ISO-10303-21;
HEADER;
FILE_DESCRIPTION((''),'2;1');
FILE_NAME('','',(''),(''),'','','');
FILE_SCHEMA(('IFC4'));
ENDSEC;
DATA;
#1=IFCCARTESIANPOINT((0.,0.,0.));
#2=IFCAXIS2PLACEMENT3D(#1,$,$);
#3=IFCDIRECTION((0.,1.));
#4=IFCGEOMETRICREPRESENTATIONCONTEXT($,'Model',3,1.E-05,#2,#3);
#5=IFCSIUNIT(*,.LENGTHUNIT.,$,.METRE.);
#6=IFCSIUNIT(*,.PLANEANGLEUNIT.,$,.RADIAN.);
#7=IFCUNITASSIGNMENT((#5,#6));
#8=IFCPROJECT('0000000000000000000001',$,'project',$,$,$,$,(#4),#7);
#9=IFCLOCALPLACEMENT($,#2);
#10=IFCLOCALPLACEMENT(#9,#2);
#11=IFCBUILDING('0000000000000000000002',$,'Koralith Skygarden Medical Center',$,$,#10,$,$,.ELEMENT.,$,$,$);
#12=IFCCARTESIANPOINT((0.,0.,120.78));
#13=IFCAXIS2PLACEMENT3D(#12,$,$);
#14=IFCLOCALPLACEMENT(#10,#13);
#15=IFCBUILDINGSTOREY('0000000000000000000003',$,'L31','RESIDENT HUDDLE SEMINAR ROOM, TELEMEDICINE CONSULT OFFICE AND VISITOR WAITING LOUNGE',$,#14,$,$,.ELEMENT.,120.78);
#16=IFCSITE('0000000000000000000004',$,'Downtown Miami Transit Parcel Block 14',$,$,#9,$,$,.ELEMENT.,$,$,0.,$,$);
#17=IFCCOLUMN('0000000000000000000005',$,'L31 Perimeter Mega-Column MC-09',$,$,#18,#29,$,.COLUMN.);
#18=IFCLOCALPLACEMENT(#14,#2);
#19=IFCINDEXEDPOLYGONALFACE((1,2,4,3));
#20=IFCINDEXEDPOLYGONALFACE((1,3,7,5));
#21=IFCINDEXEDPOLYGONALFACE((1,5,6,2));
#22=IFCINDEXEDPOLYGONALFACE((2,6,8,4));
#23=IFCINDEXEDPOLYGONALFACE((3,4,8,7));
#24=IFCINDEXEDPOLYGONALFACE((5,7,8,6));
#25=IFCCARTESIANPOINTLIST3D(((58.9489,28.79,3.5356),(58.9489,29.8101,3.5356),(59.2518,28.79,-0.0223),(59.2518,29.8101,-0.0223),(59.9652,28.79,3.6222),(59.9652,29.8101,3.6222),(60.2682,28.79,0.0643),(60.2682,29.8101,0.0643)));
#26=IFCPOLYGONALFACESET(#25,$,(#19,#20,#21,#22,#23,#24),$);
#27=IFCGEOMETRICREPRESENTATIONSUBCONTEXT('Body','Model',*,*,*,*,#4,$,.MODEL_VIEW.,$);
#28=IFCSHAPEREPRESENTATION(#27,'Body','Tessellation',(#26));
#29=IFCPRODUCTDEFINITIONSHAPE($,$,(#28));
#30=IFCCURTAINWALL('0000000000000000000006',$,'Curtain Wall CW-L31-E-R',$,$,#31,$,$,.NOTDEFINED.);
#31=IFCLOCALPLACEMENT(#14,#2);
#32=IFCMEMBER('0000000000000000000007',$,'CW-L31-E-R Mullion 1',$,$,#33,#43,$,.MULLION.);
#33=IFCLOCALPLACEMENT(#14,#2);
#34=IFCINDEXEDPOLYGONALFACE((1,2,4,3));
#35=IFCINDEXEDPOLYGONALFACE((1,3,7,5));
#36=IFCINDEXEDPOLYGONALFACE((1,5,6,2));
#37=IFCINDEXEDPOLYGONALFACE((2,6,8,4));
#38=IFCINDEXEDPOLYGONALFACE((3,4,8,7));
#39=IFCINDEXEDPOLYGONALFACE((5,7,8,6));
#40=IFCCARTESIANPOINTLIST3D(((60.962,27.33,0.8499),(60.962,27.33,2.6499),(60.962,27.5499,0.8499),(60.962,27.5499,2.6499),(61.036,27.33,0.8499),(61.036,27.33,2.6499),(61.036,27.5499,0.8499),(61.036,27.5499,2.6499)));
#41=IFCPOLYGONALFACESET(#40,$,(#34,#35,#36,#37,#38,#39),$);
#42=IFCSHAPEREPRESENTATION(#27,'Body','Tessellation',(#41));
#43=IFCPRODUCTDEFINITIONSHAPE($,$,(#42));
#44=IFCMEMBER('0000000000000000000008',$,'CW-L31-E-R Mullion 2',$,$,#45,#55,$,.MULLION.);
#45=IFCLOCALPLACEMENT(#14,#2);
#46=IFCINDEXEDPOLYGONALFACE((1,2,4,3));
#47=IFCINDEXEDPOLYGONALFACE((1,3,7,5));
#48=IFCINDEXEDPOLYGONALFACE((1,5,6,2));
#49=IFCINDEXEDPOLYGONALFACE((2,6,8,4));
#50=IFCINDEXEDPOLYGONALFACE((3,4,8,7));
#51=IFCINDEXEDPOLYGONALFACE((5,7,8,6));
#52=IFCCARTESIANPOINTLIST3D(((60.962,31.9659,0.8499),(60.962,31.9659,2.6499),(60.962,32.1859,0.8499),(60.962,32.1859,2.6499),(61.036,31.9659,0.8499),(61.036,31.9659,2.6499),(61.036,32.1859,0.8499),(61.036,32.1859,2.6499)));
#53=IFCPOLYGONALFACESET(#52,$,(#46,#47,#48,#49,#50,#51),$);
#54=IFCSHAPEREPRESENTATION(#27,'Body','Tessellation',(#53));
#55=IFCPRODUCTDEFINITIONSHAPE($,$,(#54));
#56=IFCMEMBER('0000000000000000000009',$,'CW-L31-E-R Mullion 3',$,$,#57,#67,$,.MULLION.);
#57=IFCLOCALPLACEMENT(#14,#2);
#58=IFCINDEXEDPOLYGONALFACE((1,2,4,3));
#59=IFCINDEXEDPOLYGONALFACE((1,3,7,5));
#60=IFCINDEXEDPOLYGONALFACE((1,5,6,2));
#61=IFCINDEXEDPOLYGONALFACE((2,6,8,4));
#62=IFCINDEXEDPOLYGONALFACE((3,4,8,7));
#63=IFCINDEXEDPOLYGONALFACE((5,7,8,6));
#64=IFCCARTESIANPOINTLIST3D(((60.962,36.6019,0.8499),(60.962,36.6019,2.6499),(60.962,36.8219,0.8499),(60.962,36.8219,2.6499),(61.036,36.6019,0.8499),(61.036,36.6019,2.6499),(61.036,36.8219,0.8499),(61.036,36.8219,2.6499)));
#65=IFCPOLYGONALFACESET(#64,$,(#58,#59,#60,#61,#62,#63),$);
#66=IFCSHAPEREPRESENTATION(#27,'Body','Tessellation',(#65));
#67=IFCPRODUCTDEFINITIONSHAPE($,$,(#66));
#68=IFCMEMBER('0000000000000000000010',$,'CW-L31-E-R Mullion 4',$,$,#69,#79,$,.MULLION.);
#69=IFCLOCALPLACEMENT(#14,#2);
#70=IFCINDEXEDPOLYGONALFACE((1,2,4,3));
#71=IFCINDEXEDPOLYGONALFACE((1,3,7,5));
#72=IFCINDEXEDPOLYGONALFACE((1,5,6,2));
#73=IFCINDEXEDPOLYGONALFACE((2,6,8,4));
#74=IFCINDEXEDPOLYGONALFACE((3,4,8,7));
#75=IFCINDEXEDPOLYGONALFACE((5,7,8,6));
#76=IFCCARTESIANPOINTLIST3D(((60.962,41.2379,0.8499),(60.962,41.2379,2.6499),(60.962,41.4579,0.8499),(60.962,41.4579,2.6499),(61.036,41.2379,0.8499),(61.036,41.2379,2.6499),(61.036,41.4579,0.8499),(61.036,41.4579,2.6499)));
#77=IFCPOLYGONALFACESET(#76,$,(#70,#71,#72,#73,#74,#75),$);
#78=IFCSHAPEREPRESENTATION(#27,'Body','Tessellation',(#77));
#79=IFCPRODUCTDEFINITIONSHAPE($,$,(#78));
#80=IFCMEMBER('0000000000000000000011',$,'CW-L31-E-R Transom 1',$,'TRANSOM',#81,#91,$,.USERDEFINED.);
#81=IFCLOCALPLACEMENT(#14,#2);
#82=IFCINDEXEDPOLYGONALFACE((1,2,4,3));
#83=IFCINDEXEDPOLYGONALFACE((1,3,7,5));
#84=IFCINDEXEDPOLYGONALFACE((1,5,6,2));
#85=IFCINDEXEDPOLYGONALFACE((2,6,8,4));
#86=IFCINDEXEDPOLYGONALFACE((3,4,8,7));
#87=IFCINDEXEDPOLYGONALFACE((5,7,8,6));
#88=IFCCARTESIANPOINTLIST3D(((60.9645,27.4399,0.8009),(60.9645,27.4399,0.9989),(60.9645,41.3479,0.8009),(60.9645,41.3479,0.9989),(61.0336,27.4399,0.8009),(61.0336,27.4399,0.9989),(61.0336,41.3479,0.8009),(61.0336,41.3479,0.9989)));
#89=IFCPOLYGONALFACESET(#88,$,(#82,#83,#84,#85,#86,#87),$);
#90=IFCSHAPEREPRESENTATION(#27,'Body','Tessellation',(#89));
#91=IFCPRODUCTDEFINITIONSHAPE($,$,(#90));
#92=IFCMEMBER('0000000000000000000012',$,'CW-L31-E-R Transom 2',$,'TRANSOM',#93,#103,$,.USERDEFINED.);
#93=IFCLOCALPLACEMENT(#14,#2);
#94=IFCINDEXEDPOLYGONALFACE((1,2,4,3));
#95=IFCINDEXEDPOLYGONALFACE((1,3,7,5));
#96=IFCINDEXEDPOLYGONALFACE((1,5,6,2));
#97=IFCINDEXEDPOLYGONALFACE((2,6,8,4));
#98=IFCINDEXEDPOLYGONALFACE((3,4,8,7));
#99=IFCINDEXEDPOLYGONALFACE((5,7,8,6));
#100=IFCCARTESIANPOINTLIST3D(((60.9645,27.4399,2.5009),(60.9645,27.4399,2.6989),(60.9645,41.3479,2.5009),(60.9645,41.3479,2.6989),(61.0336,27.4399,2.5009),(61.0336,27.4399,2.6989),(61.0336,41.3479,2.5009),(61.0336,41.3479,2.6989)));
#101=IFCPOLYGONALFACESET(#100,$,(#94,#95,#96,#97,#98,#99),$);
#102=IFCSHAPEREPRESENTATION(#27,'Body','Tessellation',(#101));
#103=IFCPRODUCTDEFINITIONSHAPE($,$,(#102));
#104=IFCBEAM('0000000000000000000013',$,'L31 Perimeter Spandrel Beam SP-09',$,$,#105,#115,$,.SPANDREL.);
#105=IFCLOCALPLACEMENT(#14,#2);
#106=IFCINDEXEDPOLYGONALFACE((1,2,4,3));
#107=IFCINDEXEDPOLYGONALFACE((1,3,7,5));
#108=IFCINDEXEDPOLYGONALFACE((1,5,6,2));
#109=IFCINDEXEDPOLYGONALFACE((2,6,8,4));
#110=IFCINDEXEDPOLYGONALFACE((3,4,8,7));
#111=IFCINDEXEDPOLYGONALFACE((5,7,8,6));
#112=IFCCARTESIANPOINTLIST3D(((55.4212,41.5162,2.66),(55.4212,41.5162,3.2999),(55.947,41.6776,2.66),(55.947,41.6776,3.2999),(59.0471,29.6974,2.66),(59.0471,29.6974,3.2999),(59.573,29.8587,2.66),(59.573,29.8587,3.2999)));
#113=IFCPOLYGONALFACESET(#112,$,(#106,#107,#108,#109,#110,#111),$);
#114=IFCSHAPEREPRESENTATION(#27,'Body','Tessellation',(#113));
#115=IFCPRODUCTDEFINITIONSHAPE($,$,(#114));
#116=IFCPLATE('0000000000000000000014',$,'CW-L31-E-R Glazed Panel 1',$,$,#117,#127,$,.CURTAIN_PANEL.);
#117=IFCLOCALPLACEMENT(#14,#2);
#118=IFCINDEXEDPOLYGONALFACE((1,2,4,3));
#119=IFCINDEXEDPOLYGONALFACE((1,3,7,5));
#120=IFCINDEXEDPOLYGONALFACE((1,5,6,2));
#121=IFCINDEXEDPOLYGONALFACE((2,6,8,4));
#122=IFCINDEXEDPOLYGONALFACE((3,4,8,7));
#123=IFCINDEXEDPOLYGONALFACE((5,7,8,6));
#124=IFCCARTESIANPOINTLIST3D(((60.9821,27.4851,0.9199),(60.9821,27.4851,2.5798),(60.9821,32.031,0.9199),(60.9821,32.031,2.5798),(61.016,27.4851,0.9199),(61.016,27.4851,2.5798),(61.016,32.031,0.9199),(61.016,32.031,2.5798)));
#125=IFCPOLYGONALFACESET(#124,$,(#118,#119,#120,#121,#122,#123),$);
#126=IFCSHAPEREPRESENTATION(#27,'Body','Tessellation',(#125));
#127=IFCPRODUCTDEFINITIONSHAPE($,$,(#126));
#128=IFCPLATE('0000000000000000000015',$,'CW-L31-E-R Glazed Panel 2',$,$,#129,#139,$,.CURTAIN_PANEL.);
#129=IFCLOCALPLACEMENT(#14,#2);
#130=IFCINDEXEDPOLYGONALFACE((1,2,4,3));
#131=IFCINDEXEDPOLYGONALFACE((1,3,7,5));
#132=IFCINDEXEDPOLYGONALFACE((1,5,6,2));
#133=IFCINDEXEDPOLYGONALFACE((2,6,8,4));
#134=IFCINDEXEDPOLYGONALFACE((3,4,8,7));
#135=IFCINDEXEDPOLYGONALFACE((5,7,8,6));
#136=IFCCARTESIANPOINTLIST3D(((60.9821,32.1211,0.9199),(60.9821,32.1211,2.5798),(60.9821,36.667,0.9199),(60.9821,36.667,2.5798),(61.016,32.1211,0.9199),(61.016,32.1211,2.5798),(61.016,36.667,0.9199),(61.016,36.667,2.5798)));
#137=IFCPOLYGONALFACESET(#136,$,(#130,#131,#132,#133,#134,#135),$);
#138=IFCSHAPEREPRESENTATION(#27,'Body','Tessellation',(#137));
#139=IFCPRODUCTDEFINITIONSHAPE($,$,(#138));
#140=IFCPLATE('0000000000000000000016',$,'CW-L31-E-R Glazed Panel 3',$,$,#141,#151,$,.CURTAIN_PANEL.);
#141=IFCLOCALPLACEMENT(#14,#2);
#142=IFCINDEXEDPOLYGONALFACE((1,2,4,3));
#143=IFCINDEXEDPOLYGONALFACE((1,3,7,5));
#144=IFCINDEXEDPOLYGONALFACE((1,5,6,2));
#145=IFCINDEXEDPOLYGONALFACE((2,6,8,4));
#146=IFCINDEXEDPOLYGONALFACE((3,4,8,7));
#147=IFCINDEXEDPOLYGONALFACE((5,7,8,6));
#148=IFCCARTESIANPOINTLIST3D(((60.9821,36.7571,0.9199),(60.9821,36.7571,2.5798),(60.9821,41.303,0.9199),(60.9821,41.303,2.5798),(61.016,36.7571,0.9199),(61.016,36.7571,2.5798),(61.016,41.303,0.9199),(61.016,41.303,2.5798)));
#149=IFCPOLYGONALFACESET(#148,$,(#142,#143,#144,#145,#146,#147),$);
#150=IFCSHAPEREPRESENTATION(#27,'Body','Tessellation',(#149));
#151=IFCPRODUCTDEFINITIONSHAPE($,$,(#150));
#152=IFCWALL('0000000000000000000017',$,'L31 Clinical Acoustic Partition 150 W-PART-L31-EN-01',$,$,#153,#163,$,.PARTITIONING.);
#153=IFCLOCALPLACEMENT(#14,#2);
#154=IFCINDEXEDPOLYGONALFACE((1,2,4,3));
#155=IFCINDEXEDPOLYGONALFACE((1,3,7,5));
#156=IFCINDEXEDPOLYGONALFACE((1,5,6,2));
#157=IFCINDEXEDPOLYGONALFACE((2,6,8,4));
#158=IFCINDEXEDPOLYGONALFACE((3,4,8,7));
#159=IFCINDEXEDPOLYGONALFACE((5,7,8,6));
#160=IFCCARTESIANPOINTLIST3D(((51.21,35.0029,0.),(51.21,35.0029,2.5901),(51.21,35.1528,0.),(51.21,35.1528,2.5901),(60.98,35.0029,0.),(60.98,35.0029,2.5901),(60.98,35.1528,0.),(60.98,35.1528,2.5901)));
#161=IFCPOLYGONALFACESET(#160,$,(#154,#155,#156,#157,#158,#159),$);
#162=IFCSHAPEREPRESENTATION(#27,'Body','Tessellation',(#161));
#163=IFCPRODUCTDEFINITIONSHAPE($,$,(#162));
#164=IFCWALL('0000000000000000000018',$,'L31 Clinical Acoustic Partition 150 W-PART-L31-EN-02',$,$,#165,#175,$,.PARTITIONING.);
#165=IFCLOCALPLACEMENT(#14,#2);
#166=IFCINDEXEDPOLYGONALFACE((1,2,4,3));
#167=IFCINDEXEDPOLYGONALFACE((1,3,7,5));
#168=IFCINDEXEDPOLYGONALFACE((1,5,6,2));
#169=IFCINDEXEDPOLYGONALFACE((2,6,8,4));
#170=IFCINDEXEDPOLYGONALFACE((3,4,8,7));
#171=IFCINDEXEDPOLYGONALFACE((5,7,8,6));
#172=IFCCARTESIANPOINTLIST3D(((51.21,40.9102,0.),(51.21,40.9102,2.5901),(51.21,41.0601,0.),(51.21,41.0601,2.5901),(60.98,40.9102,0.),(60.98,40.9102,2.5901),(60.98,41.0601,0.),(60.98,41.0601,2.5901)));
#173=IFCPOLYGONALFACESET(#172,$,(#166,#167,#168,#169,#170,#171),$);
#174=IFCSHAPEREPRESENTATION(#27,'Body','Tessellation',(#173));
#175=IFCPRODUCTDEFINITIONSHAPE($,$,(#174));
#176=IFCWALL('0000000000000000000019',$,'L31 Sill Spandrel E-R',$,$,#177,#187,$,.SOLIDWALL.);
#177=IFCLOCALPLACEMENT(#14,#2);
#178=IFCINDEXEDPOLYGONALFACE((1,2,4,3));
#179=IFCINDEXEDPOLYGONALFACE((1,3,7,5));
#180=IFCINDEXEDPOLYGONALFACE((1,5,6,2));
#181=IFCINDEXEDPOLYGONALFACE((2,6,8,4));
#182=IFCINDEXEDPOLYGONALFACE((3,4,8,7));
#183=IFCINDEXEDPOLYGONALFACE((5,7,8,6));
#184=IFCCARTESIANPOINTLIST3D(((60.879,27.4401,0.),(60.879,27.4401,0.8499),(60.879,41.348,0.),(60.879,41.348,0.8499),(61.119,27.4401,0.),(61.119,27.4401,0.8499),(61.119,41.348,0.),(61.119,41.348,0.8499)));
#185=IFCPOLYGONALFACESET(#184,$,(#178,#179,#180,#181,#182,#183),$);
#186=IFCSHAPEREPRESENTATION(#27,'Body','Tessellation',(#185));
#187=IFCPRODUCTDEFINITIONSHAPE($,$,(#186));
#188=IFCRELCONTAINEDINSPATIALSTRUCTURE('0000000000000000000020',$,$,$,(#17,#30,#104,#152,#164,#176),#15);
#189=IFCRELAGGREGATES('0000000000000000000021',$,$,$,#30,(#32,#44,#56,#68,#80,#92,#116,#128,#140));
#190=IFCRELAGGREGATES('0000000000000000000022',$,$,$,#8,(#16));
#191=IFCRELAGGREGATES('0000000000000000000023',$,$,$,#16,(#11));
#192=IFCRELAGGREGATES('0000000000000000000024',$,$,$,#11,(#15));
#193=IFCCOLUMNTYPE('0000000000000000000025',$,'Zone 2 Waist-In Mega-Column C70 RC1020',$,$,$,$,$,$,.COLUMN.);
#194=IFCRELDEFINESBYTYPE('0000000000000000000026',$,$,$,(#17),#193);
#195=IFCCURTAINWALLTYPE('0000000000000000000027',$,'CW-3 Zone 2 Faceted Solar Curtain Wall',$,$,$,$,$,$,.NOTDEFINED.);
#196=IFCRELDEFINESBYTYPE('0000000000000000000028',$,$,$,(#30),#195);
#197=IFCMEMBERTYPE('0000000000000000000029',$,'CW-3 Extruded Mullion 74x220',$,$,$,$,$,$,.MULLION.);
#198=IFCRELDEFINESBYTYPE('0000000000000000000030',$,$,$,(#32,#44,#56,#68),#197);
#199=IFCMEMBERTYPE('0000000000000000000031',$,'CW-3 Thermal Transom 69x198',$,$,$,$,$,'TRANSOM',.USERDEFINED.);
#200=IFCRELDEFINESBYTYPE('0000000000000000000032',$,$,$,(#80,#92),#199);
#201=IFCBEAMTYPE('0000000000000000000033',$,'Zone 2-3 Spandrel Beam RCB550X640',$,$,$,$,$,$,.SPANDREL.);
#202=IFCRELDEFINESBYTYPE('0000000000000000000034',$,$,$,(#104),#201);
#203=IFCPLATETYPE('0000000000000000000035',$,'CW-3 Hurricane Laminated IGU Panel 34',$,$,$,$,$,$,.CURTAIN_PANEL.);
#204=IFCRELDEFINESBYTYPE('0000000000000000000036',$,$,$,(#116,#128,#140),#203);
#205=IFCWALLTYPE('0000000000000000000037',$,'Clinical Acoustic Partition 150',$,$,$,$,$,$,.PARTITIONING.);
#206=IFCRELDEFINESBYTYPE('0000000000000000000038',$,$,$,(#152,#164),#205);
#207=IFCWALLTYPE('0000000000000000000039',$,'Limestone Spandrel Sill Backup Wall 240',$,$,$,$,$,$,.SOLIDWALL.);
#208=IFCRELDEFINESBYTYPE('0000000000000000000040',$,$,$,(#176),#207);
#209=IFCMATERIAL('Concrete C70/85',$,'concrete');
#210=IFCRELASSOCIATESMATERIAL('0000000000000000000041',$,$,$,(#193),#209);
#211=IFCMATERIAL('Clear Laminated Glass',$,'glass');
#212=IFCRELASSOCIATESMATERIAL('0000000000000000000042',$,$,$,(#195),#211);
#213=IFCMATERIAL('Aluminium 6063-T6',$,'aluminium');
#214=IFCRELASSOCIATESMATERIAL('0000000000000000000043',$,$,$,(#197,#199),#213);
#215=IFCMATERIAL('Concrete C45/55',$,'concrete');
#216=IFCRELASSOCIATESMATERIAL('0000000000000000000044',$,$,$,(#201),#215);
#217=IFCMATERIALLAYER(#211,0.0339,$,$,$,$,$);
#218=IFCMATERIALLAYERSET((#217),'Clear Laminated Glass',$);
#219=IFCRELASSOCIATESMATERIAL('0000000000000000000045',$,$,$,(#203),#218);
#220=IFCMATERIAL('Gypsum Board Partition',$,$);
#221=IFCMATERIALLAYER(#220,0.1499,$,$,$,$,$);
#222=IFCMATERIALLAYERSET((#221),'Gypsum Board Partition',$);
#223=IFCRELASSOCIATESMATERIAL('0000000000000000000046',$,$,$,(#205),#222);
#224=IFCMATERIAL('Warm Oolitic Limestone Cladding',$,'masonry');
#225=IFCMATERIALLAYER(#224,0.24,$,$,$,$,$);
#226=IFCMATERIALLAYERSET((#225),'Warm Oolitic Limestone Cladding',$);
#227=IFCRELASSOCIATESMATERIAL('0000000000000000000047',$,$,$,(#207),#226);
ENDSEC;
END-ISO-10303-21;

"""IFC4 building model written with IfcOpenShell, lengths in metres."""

from ifc_helpers import new_model, si_unit, direction, frame, frame_2d, origin, origin_2d, place, context, subcontext, project, spatial, rectangle, extrude, material, layer, layer_set, material_profile, profile_set, type_object, element, aggregate, save


model = new_model("IFC4")

# Units and contexts
model_context = context("Model", 3, precision=1e-05, world=origin(), true_north=direction((0.0, 1.0)))
body_context = subcontext(model_context, "Body", "Model", "MODEL_VIEW")
ifc_project = project(units=[si_unit("LENGTHUNIT", "METRE"), si_unit("PLANEANGLEUNIT", "RADIAN")], contexts=[model_context])

# Site, building, storey
site_placement = place(None, origin())
site = spatial("IfcSite", under=ifc_project, at=site_placement, Name="Downtown Miami Transit Parcel Block 14", CompositionType="ELEMENT", RefElevation=0.0)
building_placement = place(site_placement, origin())
building = spatial("IfcBuilding", under=site, at=building_placement, Name="Koralith Skygarden Medical Center", CompositionType="ELEMENT")
storey_placement = place(building_placement, frame((0.0, 0.0, 120.78)))
storey = spatial("IfcBuildingStorey", under=building, at=storey_placement, Name="L31", Description="RESIDENT HUDDLE SEMINAR ROOM, TELEMEDICINE CONSULT OFFICE AND VISITOR WAITING LOUNGE", CompositionType="ELEMENT", Elevation=120.78)

# Column
ifc_material_1 = material(Name="Concrete C70/85", Category="concrete")
ifc_material_profile_1 = material_profile(ifc_material_1, rectangle(XDim=1.02, YDim=1.02, at=origin_2d()), Name="RC1020X1020")
ifc_profile_set_1 = profile_set([ifc_material_profile_1], Name="Concrete C70/85")
column_type = type_object("IfcColumnType", Name="Zone 2 Waist-In Mega-Column C70 RC1020", PredefinedType="COLUMN", material=ifc_profile_set_1)
column_placement = place(storey_placement, frame((59.76, 29.3, 0.021), z_axis=(-0.08485, 0.0, 0.996394), x_axis=(0.0, -1.0, 0.0)))
element("IfcColumn", 1, at=column_placement, inside=storey, type_object=column_type, Name="L31 Perimeter Mega-Column MC-09", PredefinedType="COLUMN", context=body_context, shape_type="SweptSolid", body=[
    extrude(rectangle(XDim=1.02, YDim=1.02, at=origin_2d()), origin(), (0.0, 0.0, 1.0), 3.5708),
])

# Curtain wall, members
ifc_material_2 = material(Name="Clear Laminated Glass", Category="glass")
curtain_wall_type = type_object("IfcCurtainWallType", Name="CW-3 Zone 2 Faceted Solar Curtain Wall", PredefinedType="NOTDEFINED", material=ifc_material_2)
curtain_wall_placement = place(storey_placement, origin())
curtain_wall = element("IfcCurtainWall", 2, at=curtain_wall_placement, inside=storey, type_object=curtain_wall_type, Name="Curtain Wall CW-L31-E-R", PredefinedType="NOTDEFINED")
ifc_material_3 = material(Name="Aluminium 6063-T6", Category="aluminium")
ifc_material_profile_2 = material_profile(ifc_material_3, rectangle(XDim=0.074, YDim=0.22, at=origin_2d()), Name="MUL74X220")
ifc_profile_set_2 = profile_set([ifc_material_profile_2], Name="Aluminium 6063-T6")
member_type_1 = type_object("IfcMemberType", Name="CW-3 Extruded Mullion 74x220", PredefinedType="MULLION", material=ifc_profile_set_2)
member_1_placement = place(storey_placement, frame((60.999, 27.4399, 0.8499), z_axis=(0.0, 0.0, 1.0), x_axis=(1.0, 0.0, 0.0)))
member_1 = element("IfcMember", 3, at=member_1_placement, type_object=member_type_1, Name="CW-L31-E-R Mullion 1", PredefinedType="MULLION", context=body_context, shape_type="SweptSolid", body=[
    extrude(rectangle(XDim=0.074, YDim=0.22, at=origin_2d()), origin(), (0.0, 0.0, 1.0), 1.8),
])
member_2_placement = place(storey_placement, frame((60.999, 32.0759, 0.8499), z_axis=(0.0, 0.0, 1.0), x_axis=(1.0, 0.0, 0.0)))
member_2 = element("IfcMember", 4, at=member_2_placement, type_object=member_type_1, Name="CW-L31-E-R Mullion 2", PredefinedType="MULLION", context=body_context, shape_type="SweptSolid", body=[
    extrude(rectangle(XDim=0.074, YDim=0.22, at=origin_2d()), origin(), (0.0, 0.0, 1.0), 1.8),
])
member_3_placement = place(storey_placement, frame((60.999, 36.7119, 0.8499), z_axis=(0.0, 0.0, 1.0), x_axis=(1.0, 0.0, 0.0)))
member_3 = element("IfcMember", 5, at=member_3_placement, type_object=member_type_1, Name="CW-L31-E-R Mullion 3", PredefinedType="MULLION", context=body_context, shape_type="SweptSolid", body=[
    extrude(rectangle(XDim=0.074, YDim=0.22, at=origin_2d()), origin(), (0.0, 0.0, 1.0), 1.8),
])
member_4_placement = place(storey_placement, frame((60.999, 41.3479, 0.8499), z_axis=(0.0, 0.0, 1.0), x_axis=(1.0, 0.0, 0.0)))
member_4 = element("IfcMember", 6, at=member_4_placement, type_object=member_type_1, Name="CW-L31-E-R Mullion 4", PredefinedType="MULLION", context=body_context, shape_type="SweptSolid", body=[
    extrude(rectangle(XDim=0.074, YDim=0.22, at=origin_2d()), origin(), (0.0, 0.0, 1.0), 1.8),
])
ifc_material_profile_3 = material_profile(ifc_material_3, rectangle(XDim=0.0691, YDim=0.198, at=origin_2d()), Name="TRN69X198")
ifc_profile_set_3 = profile_set([ifc_material_profile_3], Name="Aluminium 6063-T6")
member_type_2 = type_object("IfcMemberType", Name="CW-3 Thermal Transom 69x198", ElementType="TRANSOM", PredefinedType="USERDEFINED", material=ifc_profile_set_3)
member_5_placement = place(storey_placement, frame((60.999, 27.4399, 0.8999), z_axis=(0.0, 1.0, 0.0), x_axis=(-1.0, 0.0, 0.0)))
member_5 = element("IfcMember", 7, at=member_5_placement, type_object=member_type_2, Name="CW-L31-E-R Transom 1", ObjectType="TRANSOM", PredefinedType="USERDEFINED", context=body_context, shape_type="SweptSolid", body=[
    extrude(rectangle(XDim=0.0691, YDim=0.198, at=origin_2d()), origin(), (0.0, 0.0, 1.0), 13.908),
])
member_6_placement = place(storey_placement, frame((60.999, 27.4399, 2.5999), z_axis=(0.0, 1.0, 0.0), x_axis=(-1.0, 0.0, 0.0)))
member_6 = element("IfcMember", 8, at=member_6_placement, type_object=member_type_2, Name="CW-L31-E-R Transom 2", ObjectType="TRANSOM", PredefinedType="USERDEFINED", context=body_context, shape_type="SweptSolid", body=[
    extrude(rectangle(XDim=0.0691, YDim=0.198, at=origin_2d()), origin(), (0.0, 0.0, 1.0), 13.908),
])

# Beam
ifc_material_4 = material(Name="Concrete C45/55", Category="concrete")
ifc_material_profile_4 = material_profile(ifc_material_4, rectangle(XDim=0.55, YDim=0.6399, at=origin_2d()), Name="RCB550X640")
ifc_profile_set_4 = profile_set([ifc_material_profile_4], Name="Concrete C45/55")
beam_type = type_object("IfcBeamType", Name="Zone 2-3 Spandrel Beam RCB550X640", PredefinedType="SPANDREL", material=ifc_profile_set_4)
beam_placement = place(storey_placement, frame((59.3101, 29.7781, 2.98), z_axis=(-0.293303, 0.95602, 0.0), x_axis=(-0.95602, -0.293303, 0.0)))
element("IfcBeam", 9, at=beam_placement, inside=storey, type_object=beam_type, Name="L31 Perimeter Spandrel Beam SP-09", PredefinedType="SPANDREL", context=body_context, shape_type="SweptSolid", body=[
    extrude(rectangle(XDim=0.55, YDim=0.6399, at=origin_2d()), origin(), (0.0, 0.0, 1.0), 12.3625),
])

# Plates
ifc_layer_1 = layer(ifc_material_2, 0.0339)
ifc_layer_set_1 = layer_set([ifc_layer_1], Name="Clear Laminated Glass")
plate_type = type_object("IfcPlateType", Name="CW-3 Hurricane Laminated IGU Panel 34", PredefinedType="CURTAIN_PANEL", material=ifc_layer_set_1)
plate_1_placement = place(storey_placement, frame((60.999, 29.7581, 0.9199), z_axis=(0.0, 0.0, 1.0), x_axis=(0.0, 1.0, 0.0)))
plate_1 = element("IfcPlate", 10, at=plate_1_placement, type_object=plate_type, Name="CW-L31-E-R Glazed Panel 1", PredefinedType="CURTAIN_PANEL", context=body_context, shape_type="SweptSolid", body=[
    extrude(rectangle(XDim=4.5459, YDim=0.0339, at=origin_2d()), origin(), (0.0, 0.0, 1.0), 1.6599),
])
plate_2_placement = place(storey_placement, frame((60.999, 34.394, 0.9199), z_axis=(0.0, 0.0, 1.0), x_axis=(0.0, 1.0, 0.0)))
plate_2 = element("IfcPlate", 11, at=plate_2_placement, type_object=plate_type, Name="CW-L31-E-R Glazed Panel 2", PredefinedType="CURTAIN_PANEL", context=body_context, shape_type="SweptSolid", body=[
    extrude(rectangle(XDim=4.5459, YDim=0.0339, at=origin_2d()), origin(), (0.0, 0.0, 1.0), 1.6599),
])
plate_3_placement = place(storey_placement, frame((60.999, 39.03, 0.9199), z_axis=(0.0, 0.0, 1.0), x_axis=(0.0, 1.0, 0.0)))
plate_3 = element("IfcPlate", 12, at=plate_3_placement, type_object=plate_type, Name="CW-L31-E-R Glazed Panel 3", PredefinedType="CURTAIN_PANEL", context=body_context, shape_type="SweptSolid", body=[
    extrude(rectangle(XDim=4.5459, YDim=0.0339, at=origin_2d()), origin(), (0.0, 0.0, 1.0), 1.6599),
])
aggregate(curtain_wall, [member_1, member_2, member_3, member_4, member_5, member_6, plate_1, plate_2, plate_3])

# Walls
ifc_material_5 = material(Name="Gypsum Board Partition")
ifc_layer_2 = layer(ifc_material_5, 0.1499)
ifc_layer_set_2 = layer_set([ifc_layer_2], Name="Gypsum Board Partition")
wall_type_1 = type_object("IfcWallType", Name="Clinical Acoustic Partition 150", PredefinedType="PARTITIONING", material=ifc_layer_set_2)
for number, where, z_axis, x_axis, name in (
    (13, (51.21, 35.0779, 0.0), (0.0, 0.0, 1.0), (1.0, 0.0, 0.0), "L31 Clinical Acoustic Partition 150 W-PART-L31-EN-01"),
    (14, (51.21, 40.9851, 0.0), (0.0, 0.0, 1.0), (1.0, 0.0, 0.0), "L31 Clinical Acoustic Partition 150 W-PART-L31-EN-02"),
):
    element("IfcWall", number, at=place(storey_placement, frame(where, z_axis=z_axis, x_axis=x_axis)), inside=storey, type_object=wall_type_1, Name=name, PredefinedType="PARTITIONING", context=body_context, shape_type="SweptSolid", body=[
        extrude(rectangle(XDim=9.77, YDim=0.1499, at=frame_2d((4.885, 0.0))), origin(), (0.0, 0.0, 1.0), 2.5901),
    ])

# Wall
ifc_material_6 = material(Name="Warm Oolitic Limestone Cladding", Category="masonry")
ifc_layer_3 = layer(ifc_material_6, 0.24)
ifc_layer_set_3 = layer_set([ifc_layer_3], Name="Warm Oolitic Limestone Cladding")
wall_type_2 = type_object("IfcWallType", Name="Limestone Spandrel Sill Backup Wall 240", PredefinedType="SOLIDWALL", material=ifc_layer_set_3)
wall_1_placement = place(storey_placement, frame((60.999, 27.4399, 0.0), z_axis=(0.0, 0.0, 1.0), x_axis=(0.0, 1.0, 0.0)))
element("IfcWall", 15, at=wall_1_placement, inside=storey, type_object=wall_type_2, Name="L31 Sill Spandrel E-R", PredefinedType="SOLIDWALL", context=body_context, shape_type="SweptSolid", body=[
    extrude(rectangle(XDim=13.908, YDim=0.24, at=frame_2d((6.9541, 0.0))), origin(), (0.0, 0.0, 1.0), 0.8499),
])

save(model, "model.ifc")
